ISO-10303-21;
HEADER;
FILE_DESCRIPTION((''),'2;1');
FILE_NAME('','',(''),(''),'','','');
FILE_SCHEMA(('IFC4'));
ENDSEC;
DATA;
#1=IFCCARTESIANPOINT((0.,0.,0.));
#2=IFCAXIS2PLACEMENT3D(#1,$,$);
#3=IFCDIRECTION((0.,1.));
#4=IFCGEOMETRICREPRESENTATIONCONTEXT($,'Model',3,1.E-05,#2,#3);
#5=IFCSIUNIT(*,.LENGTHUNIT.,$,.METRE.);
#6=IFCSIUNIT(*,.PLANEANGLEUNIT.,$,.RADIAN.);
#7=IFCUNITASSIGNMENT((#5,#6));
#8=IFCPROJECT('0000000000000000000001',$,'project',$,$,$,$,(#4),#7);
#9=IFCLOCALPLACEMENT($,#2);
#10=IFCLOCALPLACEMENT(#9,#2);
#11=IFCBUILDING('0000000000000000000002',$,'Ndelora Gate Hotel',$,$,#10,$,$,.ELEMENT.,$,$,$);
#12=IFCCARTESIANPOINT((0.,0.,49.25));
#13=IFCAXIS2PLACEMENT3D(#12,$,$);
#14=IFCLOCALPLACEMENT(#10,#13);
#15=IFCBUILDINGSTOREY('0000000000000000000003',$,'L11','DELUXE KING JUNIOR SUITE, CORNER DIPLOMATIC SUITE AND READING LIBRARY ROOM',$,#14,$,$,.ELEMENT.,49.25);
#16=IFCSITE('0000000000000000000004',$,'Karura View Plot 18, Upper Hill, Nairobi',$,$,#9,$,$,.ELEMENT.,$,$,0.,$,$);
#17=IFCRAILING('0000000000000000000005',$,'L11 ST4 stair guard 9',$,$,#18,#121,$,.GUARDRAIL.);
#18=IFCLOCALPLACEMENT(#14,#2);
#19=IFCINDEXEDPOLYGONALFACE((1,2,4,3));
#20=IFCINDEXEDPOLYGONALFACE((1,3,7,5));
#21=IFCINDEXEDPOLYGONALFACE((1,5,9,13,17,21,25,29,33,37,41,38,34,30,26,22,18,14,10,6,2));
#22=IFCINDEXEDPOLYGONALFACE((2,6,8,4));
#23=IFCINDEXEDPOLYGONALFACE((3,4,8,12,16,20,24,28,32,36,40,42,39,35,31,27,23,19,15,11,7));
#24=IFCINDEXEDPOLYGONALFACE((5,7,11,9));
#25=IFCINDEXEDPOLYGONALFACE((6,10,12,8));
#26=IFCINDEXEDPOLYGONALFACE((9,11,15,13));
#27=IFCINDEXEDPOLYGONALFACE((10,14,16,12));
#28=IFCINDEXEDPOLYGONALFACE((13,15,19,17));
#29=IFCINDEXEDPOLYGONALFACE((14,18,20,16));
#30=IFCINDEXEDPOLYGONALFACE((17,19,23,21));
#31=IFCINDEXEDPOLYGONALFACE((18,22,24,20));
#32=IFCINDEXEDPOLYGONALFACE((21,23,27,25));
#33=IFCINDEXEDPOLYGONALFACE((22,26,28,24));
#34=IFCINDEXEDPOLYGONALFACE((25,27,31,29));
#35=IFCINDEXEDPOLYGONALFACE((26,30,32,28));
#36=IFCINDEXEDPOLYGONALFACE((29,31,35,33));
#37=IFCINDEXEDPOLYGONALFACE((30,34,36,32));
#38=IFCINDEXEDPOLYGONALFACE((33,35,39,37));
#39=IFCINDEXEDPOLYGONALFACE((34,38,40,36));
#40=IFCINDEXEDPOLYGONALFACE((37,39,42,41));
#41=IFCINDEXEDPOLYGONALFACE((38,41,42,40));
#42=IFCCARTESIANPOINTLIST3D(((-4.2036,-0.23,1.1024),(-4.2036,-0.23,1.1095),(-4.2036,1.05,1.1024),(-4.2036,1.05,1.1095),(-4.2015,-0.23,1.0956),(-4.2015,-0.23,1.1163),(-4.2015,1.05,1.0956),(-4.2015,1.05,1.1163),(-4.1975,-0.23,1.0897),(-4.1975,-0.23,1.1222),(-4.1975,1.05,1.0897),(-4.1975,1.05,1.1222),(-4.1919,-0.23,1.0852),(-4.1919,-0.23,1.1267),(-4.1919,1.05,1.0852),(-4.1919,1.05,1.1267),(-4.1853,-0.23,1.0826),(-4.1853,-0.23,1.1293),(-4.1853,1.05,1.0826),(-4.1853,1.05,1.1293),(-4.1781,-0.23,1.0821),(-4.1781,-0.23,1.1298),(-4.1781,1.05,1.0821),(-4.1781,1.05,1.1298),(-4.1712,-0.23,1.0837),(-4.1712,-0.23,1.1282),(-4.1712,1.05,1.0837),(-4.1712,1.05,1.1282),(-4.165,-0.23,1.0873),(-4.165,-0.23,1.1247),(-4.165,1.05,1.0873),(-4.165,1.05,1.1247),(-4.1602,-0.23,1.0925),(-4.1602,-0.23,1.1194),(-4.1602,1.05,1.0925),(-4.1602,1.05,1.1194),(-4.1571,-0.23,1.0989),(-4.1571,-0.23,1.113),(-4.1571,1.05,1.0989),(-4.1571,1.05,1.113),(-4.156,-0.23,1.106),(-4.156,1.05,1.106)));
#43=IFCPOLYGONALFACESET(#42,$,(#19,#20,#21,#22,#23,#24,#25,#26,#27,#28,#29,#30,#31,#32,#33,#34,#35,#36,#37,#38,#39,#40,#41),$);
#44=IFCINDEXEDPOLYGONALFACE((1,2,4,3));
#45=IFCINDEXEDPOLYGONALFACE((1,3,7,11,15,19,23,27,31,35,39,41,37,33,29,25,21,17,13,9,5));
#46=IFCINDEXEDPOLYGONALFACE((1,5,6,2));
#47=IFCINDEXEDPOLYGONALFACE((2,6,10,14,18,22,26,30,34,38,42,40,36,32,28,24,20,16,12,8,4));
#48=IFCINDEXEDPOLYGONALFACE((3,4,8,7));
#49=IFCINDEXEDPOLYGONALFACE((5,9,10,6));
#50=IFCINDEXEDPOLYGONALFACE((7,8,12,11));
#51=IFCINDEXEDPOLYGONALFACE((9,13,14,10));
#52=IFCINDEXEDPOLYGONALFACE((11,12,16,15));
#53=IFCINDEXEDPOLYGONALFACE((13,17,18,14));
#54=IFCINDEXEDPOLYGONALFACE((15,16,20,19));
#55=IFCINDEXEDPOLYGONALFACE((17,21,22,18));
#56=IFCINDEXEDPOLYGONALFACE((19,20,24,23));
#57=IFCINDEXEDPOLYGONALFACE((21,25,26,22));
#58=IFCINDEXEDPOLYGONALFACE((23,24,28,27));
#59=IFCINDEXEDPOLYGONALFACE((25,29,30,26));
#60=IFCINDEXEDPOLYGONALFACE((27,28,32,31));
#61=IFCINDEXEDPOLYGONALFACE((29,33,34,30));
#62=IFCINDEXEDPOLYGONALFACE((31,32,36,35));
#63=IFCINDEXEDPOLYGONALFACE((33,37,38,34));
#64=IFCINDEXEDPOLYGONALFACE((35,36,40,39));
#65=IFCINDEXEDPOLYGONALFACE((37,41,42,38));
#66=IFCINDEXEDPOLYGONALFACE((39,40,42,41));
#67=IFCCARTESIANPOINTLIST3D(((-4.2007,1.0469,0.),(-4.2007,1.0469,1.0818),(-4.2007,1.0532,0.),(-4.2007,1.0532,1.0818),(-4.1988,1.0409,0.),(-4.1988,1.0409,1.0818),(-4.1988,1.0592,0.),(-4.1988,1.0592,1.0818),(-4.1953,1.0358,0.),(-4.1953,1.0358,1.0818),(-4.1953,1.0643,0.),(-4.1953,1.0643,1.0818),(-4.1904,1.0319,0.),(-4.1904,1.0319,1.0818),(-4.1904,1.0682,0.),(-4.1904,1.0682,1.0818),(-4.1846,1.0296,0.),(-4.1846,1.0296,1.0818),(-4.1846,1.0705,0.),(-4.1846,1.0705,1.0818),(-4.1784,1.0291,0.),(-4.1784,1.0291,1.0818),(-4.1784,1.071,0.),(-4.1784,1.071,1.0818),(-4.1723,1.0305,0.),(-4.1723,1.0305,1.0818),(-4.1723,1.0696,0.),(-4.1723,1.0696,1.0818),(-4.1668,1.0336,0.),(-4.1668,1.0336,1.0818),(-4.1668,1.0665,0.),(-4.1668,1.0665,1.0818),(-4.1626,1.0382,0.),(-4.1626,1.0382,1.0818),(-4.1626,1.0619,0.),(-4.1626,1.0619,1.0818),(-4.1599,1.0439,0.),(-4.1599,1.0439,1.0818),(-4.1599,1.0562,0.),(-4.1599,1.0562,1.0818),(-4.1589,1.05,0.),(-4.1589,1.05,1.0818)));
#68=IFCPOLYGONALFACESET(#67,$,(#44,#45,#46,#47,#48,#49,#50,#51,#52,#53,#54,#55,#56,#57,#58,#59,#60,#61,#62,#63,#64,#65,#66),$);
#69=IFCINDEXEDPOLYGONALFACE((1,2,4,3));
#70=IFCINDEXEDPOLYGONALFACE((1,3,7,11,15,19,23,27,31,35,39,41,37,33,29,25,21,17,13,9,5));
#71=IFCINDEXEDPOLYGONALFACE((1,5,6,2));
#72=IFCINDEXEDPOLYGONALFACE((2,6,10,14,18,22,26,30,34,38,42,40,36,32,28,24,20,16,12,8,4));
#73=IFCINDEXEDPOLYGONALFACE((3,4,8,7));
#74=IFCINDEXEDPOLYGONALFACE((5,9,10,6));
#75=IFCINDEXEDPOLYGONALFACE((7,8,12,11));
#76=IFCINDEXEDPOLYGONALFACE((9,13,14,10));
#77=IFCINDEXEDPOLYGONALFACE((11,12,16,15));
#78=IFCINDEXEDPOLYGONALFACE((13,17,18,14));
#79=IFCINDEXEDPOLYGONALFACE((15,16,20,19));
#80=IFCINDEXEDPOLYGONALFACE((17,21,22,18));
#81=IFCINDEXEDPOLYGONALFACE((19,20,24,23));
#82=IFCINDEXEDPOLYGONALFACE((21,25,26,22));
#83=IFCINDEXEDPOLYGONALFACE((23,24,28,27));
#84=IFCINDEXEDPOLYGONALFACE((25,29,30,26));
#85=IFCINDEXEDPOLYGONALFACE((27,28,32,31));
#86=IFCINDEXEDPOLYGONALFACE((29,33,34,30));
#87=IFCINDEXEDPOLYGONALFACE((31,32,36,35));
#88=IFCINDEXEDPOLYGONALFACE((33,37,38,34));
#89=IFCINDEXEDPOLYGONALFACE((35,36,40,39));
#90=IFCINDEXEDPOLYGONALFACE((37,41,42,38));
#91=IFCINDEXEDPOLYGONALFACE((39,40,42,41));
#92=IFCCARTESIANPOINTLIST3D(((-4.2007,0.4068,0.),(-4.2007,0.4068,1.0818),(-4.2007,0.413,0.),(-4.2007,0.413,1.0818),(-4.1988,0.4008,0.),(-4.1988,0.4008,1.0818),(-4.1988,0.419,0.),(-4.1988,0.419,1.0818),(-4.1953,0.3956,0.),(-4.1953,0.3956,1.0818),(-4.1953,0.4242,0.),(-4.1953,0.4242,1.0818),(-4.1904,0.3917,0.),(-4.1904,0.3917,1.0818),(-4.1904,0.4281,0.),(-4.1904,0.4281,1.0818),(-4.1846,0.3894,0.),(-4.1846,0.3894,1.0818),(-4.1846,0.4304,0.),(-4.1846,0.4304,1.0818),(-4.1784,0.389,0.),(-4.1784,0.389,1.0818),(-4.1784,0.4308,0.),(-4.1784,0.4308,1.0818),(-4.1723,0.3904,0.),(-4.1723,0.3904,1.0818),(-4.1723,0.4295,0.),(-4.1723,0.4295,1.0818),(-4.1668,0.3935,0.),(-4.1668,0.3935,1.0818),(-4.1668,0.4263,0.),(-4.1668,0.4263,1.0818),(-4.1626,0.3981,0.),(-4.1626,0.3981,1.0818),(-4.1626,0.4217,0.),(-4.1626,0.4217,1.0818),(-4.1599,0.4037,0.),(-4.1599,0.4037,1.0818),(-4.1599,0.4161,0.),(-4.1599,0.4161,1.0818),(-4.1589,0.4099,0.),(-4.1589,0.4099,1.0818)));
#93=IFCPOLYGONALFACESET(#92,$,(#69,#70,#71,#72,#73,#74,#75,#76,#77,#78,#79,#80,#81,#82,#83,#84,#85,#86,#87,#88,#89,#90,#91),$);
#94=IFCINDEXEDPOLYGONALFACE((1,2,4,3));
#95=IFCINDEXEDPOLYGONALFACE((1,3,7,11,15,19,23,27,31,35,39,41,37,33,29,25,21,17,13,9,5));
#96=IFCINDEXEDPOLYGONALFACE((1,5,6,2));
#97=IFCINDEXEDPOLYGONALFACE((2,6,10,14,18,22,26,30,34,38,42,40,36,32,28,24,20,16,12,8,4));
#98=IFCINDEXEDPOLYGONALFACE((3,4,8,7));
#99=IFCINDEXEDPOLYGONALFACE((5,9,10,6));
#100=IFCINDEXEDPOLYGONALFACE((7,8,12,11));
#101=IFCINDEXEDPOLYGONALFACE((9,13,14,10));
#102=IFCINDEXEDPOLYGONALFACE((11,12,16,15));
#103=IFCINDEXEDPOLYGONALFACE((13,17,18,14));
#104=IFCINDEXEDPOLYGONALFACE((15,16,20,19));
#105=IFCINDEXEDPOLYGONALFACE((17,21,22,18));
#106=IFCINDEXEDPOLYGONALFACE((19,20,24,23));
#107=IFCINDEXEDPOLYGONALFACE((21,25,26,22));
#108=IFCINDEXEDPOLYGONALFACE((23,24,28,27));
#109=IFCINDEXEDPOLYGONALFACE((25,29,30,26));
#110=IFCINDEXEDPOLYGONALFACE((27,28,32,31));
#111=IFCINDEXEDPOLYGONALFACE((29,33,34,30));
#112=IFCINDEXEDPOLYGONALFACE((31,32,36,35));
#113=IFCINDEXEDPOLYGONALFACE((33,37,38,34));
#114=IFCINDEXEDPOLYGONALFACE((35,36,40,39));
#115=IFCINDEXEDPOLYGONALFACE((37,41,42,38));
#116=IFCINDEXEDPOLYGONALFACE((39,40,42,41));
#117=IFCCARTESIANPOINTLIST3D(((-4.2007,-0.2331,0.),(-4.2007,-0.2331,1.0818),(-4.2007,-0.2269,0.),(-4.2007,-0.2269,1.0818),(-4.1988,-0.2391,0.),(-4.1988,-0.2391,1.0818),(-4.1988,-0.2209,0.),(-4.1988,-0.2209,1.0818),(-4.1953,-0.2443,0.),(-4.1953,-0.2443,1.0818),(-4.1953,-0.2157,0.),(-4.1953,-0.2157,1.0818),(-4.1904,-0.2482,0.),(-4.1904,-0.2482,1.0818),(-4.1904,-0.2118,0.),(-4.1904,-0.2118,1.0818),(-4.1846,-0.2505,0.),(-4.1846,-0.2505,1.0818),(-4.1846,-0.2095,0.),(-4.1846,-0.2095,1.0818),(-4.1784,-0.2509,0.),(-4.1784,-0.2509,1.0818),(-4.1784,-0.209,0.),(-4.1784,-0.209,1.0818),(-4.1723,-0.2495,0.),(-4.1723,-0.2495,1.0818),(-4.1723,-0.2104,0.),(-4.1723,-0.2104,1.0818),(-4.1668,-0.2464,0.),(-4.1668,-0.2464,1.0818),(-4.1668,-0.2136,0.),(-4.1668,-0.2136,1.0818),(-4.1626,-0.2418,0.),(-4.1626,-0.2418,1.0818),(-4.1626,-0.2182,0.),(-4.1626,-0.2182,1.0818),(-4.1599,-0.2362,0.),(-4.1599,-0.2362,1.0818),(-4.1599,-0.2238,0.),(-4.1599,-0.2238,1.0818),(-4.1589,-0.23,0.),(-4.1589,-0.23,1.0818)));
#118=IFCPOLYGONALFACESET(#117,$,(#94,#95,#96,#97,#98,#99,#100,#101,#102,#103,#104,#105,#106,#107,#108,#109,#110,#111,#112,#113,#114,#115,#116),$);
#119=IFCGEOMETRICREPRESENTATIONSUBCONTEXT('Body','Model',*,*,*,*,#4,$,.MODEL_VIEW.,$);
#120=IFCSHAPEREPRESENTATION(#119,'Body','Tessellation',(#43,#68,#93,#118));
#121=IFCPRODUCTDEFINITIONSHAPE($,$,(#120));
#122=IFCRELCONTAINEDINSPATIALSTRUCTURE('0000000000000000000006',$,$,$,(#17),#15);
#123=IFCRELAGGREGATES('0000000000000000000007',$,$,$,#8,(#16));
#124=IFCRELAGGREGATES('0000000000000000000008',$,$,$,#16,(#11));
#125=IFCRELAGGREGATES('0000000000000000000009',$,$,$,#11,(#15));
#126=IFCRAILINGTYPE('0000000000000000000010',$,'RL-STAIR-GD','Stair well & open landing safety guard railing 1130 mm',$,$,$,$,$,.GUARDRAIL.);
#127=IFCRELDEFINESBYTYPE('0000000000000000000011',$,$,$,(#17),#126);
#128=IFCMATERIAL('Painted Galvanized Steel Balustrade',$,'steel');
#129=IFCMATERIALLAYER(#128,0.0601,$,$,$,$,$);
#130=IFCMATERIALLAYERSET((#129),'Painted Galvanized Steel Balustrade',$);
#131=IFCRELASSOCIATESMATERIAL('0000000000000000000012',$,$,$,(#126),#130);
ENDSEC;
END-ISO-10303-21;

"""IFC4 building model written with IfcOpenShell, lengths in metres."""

from ifc_helpers import new_model, si_unit, direction, frame, origin, origin_2d, place, context, subcontext, project, spatial, circle, extrude, material, layer, layer_set, type_object, element, save


model = new_model("IFC4")

# Units and contexts
model_context = context("Model", 3, precision=1e-05, world=origin(), true_north=direction((0.0, 1.0)))
body_context = subcontext(model_context, "Body", "Model", "MODEL_VIEW")
ifc_project = project(units=[si_unit("LENGTHUNIT", "METRE"), si_unit("PLANEANGLEUNIT", "RADIAN")], contexts=[model_context])

# Site, building, storey
site_placement = place(None, origin())
site = spatial("IfcSite", under=ifc_project, at=site_placement, Name="Karura View Plot 18, Upper Hill, Nairobi", CompositionType="ELEMENT", RefElevation=0.0)
building_placement = place(site_placement, origin())
building = spatial("IfcBuilding", under=site, at=building_placement, Name="Ndelora Gate Hotel", CompositionType="ELEMENT")
storey_placement = place(building_placement, frame((0.0, 0.0, 49.25)))
storey = spatial("IfcBuildingStorey", under=building, at=storey_placement, Name="L11", Description="DELUXE KING JUNIOR SUITE, CORNER DIPLOMATIC SUITE AND READING LIBRARY ROOM", CompositionType="ELEMENT", Elevation=49.25)

# Railing
ifc_material_1 = material(Name="Painted Galvanized Steel Balustrade", Category="steel")
ifc_layer_1 = layer(ifc_material_1, 0.0601)
ifc_layer_set_1 = layer_set([ifc_layer_1], Name="Painted Galvanized Steel Balustrade")
railing_type_1 = type_object("IfcRailingType", Name="RL-STAIR-GD", Description="Stair well & open landing safety guard railing 1130 mm", PredefinedType="GUARDRAIL", material=ifc_layer_set_1)
for number, where, name in (
    (1, (-4.1799, 1.05, 0.0), "L11 ST4 stair guard 9"),
):
    element("IfcRailing", number, at=place(storey_placement, frame(where)), inside=storey, type_object=railing_type_1, Name=name, PredefinedType="GUARDRAIL", context=body_context, shape_type="SweptSolid", body=[
        extrude(circle(Radius=0.0239, at=origin_2d()), frame((0.0, 0.0, 1.106), z_axis=(0.0, -1.0, 0.0), x_axis=(1.0, 0.0, 0.0)), (0.0, 0.0, 1.0), 1.28),
        extrude(circle(Radius=0.021, at=origin_2d()), origin(), (0.0, 0.0, 1.0), 1.0818),
        extrude(circle(Radius=0.021, at=origin_2d()), frame((0.0, -0.6401, 0.0)), (0.0, 0.0, 1.0), 1.0818),
        extrude(circle(Radius=0.021, at=origin_2d()), frame((0.0, -1.28, 0.0)), (0.0, 0.0, 1.0), 1.0818),
    ])

save(model, "model.ifc")
